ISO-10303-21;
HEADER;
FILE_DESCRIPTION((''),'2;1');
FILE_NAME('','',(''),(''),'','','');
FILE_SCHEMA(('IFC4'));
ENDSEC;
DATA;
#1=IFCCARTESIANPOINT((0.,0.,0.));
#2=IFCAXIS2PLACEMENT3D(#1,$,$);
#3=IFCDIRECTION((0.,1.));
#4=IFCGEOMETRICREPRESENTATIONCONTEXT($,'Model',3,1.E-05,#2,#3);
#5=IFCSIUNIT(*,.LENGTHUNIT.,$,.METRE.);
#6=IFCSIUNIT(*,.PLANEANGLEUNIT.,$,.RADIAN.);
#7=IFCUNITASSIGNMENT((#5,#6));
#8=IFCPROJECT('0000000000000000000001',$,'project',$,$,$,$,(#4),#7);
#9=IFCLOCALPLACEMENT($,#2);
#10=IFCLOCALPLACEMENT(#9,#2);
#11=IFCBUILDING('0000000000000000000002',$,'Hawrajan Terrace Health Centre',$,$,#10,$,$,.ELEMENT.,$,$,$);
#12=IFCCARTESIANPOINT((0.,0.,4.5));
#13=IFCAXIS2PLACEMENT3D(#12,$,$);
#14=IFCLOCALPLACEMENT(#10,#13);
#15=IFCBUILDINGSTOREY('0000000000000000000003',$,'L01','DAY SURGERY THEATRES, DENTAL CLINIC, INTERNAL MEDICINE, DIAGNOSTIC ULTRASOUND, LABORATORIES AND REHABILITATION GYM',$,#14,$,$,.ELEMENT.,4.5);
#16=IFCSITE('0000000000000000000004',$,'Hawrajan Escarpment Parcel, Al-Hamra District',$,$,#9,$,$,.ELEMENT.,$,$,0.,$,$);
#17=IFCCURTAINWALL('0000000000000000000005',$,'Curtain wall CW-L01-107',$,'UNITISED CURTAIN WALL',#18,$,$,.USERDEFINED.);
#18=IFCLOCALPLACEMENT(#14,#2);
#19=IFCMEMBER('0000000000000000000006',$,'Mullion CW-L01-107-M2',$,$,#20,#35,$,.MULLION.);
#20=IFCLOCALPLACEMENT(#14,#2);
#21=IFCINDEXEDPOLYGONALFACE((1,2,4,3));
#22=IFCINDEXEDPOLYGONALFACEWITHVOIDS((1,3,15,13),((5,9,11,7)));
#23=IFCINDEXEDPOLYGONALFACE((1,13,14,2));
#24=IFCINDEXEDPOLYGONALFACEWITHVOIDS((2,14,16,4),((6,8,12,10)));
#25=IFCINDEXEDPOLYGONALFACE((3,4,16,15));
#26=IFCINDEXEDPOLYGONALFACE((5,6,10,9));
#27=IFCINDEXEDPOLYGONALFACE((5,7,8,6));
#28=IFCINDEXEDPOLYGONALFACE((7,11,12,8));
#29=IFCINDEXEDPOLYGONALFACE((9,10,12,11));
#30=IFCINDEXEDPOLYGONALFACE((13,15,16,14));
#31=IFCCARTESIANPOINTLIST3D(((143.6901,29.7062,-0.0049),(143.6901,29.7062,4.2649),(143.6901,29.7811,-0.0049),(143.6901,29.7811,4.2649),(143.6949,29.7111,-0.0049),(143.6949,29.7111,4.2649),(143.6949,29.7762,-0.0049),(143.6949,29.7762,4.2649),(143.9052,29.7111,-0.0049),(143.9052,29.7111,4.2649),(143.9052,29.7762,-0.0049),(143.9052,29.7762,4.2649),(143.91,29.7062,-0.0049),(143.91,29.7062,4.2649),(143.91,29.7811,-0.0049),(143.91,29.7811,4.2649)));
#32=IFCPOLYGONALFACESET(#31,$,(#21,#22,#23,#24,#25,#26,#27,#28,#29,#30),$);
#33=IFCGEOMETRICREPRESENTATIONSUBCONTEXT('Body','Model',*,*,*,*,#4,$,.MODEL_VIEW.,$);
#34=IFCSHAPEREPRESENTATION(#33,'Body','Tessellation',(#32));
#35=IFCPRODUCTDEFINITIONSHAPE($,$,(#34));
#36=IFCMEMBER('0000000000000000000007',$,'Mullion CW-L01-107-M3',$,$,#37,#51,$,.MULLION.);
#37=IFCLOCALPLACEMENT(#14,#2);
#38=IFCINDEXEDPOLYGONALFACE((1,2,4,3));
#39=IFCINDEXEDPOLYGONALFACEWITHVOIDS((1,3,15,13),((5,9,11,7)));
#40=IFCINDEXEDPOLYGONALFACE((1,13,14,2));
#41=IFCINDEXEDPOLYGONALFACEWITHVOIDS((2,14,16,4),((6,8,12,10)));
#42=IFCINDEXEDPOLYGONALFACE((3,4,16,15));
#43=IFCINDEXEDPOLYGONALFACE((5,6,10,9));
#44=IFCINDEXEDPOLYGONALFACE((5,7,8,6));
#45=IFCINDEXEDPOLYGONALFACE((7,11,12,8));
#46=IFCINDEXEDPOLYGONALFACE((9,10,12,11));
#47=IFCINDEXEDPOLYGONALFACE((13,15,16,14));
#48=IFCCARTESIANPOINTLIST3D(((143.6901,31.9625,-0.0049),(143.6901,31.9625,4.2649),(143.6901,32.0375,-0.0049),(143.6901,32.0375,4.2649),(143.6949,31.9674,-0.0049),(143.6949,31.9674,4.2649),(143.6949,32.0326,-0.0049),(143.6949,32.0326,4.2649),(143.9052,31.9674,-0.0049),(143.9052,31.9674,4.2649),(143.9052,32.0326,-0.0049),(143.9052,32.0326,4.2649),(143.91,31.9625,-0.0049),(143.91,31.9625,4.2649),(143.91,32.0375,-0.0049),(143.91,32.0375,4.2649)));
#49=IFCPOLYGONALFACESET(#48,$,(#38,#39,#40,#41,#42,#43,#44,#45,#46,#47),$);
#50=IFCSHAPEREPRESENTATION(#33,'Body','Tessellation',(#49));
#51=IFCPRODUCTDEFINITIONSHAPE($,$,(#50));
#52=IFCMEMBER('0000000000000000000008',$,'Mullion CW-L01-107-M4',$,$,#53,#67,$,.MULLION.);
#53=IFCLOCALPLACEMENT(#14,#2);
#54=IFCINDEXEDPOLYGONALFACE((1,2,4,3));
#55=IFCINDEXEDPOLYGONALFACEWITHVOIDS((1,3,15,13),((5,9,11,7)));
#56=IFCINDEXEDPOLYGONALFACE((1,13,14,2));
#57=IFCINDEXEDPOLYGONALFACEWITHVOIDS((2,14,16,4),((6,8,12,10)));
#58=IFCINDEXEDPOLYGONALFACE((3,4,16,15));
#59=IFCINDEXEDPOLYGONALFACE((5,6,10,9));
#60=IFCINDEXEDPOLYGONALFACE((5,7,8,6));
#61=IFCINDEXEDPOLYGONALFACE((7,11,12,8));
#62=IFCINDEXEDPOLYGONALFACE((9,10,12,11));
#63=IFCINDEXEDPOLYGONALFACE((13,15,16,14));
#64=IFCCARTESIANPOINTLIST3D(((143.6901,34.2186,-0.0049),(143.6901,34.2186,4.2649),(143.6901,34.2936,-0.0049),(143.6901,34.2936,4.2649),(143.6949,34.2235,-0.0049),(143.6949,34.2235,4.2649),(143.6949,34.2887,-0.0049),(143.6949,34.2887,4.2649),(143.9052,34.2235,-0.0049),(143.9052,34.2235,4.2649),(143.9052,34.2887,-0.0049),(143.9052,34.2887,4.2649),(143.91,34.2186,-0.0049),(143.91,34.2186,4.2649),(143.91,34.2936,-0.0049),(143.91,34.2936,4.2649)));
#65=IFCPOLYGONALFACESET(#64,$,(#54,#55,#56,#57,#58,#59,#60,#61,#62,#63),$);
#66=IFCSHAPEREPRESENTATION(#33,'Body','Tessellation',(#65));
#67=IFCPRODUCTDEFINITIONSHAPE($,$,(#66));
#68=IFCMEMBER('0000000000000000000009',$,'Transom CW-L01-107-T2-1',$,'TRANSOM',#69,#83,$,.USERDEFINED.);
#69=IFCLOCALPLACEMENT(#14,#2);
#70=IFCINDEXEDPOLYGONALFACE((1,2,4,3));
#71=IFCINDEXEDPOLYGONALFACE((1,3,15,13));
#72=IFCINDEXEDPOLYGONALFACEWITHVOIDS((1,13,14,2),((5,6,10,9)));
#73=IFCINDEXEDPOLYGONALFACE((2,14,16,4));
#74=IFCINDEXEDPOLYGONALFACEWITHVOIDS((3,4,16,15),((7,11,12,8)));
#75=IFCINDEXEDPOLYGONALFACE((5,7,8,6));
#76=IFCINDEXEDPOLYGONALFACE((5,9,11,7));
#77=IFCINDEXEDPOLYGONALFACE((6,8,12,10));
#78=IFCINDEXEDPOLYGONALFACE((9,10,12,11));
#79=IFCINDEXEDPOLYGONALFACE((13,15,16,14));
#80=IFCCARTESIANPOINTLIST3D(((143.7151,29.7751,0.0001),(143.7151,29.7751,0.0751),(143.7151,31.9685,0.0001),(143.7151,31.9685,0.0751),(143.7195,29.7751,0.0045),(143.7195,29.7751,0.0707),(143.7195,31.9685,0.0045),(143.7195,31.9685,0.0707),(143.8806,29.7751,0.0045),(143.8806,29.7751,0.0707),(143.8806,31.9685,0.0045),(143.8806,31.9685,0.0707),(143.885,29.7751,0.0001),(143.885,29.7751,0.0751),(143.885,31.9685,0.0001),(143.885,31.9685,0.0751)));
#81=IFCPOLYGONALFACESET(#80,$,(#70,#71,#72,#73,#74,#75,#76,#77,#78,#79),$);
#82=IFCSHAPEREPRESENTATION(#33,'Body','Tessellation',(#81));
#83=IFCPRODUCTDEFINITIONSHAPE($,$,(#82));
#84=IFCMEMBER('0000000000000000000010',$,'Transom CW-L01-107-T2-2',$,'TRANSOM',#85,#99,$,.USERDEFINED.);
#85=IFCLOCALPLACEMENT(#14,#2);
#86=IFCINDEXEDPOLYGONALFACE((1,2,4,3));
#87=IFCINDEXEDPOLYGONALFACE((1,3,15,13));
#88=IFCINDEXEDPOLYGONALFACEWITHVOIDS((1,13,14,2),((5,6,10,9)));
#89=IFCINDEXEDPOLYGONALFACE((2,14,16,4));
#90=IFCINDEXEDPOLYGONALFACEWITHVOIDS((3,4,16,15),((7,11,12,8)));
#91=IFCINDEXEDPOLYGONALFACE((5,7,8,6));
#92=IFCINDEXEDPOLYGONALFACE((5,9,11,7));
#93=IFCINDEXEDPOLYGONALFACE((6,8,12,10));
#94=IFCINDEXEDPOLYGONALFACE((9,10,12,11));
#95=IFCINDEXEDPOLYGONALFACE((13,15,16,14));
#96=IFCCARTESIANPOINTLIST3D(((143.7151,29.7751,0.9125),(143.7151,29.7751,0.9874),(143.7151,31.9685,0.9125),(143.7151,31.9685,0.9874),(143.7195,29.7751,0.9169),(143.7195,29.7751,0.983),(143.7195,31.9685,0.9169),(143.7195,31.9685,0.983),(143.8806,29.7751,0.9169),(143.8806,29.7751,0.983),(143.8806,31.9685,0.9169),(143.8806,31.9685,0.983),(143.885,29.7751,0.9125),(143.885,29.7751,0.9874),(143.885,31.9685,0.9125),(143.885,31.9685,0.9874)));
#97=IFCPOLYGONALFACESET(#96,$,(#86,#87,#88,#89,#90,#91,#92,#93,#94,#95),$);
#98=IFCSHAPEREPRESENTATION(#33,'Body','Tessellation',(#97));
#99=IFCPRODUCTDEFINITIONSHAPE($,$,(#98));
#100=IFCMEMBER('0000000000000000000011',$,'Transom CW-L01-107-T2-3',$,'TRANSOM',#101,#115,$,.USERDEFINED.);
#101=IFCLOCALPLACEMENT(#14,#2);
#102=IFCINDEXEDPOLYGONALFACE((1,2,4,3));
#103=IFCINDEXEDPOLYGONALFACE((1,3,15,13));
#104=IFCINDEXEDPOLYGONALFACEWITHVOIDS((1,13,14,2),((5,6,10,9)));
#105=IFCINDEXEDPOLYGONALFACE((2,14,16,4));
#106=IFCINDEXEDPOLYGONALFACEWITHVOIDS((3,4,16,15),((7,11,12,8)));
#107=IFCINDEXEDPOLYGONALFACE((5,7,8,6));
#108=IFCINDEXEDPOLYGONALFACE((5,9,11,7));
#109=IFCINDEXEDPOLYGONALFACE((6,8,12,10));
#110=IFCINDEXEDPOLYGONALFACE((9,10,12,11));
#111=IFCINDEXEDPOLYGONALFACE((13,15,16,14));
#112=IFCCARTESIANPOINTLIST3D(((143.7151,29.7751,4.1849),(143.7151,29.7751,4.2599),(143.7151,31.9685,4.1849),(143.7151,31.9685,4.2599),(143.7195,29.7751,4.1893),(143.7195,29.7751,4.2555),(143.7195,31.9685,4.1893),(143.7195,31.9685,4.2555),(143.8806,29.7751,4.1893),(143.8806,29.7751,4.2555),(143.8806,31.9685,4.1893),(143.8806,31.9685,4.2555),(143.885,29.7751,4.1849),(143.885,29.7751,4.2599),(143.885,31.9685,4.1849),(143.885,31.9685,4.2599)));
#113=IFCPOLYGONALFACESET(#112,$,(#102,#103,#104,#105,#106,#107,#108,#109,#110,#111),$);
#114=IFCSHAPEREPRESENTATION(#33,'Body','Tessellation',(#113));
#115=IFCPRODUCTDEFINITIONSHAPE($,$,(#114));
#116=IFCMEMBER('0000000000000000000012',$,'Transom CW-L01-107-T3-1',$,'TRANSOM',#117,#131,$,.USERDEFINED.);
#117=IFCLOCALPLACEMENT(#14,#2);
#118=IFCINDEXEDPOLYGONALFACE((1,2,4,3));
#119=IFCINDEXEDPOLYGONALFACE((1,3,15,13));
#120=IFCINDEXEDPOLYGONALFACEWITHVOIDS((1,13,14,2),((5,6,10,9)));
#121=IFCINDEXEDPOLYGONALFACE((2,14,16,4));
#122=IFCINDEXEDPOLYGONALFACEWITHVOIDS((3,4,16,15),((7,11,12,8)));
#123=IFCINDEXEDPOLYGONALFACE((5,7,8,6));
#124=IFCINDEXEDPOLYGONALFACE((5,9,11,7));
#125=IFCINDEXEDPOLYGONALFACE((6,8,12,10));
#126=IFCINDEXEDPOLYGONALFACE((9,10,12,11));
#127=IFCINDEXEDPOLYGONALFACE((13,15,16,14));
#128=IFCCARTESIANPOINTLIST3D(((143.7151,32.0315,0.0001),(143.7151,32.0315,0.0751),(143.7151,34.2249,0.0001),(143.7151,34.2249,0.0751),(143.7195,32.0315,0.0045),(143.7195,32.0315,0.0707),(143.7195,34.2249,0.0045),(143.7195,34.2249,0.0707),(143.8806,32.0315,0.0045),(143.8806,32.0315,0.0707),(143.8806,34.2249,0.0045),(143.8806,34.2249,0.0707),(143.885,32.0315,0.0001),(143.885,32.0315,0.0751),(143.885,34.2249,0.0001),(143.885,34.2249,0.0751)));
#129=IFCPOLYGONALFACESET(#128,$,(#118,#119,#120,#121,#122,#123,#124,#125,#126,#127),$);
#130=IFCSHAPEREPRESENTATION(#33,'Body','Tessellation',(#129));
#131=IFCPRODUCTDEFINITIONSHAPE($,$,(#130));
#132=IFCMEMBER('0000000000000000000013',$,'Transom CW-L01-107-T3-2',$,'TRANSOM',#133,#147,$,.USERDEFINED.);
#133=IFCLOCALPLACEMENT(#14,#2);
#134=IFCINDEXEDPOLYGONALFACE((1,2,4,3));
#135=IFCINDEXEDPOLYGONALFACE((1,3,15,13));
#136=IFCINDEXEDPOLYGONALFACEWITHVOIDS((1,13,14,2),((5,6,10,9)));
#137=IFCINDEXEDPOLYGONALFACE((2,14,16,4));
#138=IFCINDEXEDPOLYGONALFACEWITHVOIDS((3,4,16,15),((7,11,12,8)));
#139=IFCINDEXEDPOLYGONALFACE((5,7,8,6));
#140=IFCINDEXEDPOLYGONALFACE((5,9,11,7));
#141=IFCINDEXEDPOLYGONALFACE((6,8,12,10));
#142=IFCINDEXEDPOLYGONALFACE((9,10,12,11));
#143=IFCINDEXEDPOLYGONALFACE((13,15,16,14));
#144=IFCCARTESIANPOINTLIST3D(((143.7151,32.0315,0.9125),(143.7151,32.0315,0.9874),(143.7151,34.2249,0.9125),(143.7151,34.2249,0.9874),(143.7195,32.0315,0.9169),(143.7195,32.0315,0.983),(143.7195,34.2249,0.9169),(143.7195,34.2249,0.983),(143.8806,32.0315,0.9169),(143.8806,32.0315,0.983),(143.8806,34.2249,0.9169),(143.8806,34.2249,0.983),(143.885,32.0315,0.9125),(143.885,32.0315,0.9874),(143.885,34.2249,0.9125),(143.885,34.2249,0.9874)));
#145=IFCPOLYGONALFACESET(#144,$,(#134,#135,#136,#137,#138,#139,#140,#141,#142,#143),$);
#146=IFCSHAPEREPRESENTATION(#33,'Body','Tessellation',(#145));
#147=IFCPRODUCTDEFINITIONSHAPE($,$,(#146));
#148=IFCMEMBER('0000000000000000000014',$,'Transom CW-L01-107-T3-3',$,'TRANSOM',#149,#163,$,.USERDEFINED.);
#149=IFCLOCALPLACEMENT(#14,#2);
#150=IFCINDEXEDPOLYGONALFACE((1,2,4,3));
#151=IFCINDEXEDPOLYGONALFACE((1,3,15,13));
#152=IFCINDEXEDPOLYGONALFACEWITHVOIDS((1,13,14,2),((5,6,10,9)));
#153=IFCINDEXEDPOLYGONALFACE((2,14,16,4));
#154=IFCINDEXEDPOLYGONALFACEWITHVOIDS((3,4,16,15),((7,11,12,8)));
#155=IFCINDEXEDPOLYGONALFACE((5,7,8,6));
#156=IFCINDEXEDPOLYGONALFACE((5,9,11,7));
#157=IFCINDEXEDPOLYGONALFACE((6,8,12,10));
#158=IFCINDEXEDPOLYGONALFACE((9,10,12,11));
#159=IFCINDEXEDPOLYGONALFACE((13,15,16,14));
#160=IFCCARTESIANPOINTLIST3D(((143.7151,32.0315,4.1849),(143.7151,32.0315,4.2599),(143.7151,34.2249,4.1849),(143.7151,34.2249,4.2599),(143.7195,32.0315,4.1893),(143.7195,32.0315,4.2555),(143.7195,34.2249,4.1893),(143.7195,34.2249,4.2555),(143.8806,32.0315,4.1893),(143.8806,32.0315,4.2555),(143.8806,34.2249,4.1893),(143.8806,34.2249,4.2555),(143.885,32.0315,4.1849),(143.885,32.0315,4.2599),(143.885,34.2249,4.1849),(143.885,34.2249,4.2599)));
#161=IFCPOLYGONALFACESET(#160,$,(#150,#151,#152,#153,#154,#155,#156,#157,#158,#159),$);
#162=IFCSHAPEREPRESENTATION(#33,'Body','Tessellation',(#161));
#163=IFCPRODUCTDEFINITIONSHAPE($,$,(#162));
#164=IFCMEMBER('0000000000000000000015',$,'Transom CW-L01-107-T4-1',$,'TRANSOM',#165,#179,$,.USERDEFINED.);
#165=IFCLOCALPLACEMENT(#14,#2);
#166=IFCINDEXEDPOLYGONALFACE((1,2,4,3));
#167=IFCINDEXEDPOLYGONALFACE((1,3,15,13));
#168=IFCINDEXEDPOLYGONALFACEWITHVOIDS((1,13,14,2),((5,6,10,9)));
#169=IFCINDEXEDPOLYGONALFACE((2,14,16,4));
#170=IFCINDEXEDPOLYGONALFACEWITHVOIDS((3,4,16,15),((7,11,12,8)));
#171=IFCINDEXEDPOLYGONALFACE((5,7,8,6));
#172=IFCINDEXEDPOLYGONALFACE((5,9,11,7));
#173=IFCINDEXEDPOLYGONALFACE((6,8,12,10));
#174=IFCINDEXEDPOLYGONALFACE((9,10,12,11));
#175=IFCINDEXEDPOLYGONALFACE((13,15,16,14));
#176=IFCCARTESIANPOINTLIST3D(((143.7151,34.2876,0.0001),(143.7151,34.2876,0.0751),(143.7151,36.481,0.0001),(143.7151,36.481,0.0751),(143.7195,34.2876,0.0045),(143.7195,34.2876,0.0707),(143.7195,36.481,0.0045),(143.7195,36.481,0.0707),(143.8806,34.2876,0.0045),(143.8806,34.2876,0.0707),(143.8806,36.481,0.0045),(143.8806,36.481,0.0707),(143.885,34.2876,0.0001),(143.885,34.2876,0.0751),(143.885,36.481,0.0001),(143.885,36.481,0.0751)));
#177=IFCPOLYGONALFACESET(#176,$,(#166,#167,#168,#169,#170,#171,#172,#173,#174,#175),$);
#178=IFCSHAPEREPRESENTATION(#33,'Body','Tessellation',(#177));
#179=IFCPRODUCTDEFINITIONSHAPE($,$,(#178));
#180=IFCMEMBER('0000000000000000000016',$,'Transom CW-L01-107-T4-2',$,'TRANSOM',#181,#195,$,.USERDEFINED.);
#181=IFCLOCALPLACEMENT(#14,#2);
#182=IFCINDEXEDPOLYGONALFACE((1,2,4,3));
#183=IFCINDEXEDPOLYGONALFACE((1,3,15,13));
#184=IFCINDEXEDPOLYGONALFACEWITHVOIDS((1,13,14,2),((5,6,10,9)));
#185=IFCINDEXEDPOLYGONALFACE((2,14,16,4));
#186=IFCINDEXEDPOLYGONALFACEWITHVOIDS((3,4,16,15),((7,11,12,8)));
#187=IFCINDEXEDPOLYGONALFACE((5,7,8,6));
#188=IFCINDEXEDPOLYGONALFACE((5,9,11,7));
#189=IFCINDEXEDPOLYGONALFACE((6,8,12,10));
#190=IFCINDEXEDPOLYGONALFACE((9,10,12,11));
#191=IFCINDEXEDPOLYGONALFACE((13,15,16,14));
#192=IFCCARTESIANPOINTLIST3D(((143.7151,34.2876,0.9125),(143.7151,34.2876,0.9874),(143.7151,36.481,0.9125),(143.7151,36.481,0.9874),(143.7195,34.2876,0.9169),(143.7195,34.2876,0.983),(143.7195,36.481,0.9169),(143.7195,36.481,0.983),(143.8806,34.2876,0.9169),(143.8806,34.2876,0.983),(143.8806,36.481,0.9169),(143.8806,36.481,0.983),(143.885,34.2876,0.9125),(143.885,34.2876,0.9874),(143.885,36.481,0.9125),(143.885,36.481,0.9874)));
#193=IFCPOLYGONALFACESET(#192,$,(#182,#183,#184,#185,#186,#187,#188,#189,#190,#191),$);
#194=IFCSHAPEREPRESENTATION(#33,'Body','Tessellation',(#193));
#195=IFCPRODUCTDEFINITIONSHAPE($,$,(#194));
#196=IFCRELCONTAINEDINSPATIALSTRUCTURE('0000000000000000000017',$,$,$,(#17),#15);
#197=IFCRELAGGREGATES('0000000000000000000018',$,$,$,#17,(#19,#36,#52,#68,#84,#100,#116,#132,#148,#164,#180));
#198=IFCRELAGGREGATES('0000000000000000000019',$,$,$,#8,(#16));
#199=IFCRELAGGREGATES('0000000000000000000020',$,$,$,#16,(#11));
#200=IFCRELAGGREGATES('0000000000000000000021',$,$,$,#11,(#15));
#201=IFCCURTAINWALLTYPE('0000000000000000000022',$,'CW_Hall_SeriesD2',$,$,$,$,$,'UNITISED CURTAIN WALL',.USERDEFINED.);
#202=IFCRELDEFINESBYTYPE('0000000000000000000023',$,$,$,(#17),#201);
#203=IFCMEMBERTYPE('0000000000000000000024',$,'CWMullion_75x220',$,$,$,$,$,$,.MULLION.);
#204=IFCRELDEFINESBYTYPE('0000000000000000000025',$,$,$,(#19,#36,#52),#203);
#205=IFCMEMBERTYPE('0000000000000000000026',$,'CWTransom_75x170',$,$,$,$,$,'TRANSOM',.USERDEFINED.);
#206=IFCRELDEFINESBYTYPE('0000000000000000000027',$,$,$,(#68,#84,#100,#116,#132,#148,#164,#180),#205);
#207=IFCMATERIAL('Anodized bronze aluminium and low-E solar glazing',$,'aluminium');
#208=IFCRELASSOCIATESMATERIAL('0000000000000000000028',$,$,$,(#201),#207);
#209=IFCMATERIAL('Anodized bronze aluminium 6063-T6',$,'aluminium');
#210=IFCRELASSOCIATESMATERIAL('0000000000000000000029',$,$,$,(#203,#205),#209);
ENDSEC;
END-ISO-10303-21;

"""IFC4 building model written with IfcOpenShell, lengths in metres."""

from ifc_helpers import new_model, si_unit, direction, frame, origin, origin_2d, place, context, subcontext, project, spatial, hollow_rectangle, extrude, material, material_profile, profile_set, type_object, element, aggregate, save


model = new_model("IFC4")

# Units and contexts
model_context = context("Model", 3, precision=1e-05, world=origin(), true_north=direction((0.0, 1.0)))
body_context = subcontext(model_context, "Body", "Model", "MODEL_VIEW")
ifc_project = project(units=[si_unit("LENGTHUNIT", "METRE"), si_unit("PLANEANGLEUNIT", "RADIAN")], contexts=[model_context])

# Site, building, storey
site_placement = place(None, origin())
site = spatial("IfcSite", under=ifc_project, at=site_placement, Name="Hawrajan Escarpment Parcel, Al-Hamra District", CompositionType="ELEMENT", RefElevation=0.0)
building_placement = place(site_placement, origin())
building = spatial("IfcBuilding", under=site, at=building_placement, Name="Hawrajan Terrace Health Centre", CompositionType="ELEMENT")
storey_placement = place(building_placement, frame((0.0, 0.0, 4.5)))
storey = spatial("IfcBuildingStorey", under=building, at=storey_placement, Name="L01", Description="DAY SURGERY THEATRES, DENTAL CLINIC, INTERNAL MEDICINE, DIAGNOSTIC ULTRASOUND, LABORATORIES AND REHABILITATION GYM", CompositionType="ELEMENT", Elevation=4.5)

# Curtain wall, members
ifc_material_1 = material(Name="Anodized bronze aluminium and low-E solar glazing", Category="aluminium")
curtain_wall_type = type_object("IfcCurtainWallType", Name="CW_Hall_SeriesD2", ElementType="UNITISED CURTAIN WALL", PredefinedType="USERDEFINED", material=ifc_material_1)
curtain_wall_placement = place(storey_placement, origin())
curtain_wall = element("IfcCurtainWall", 1, at=curtain_wall_placement, inside=storey, type_object=curtain_wall_type, Name="Curtain wall CW-L01-107", ObjectType="UNITISED CURTAIN WALL", PredefinedType="USERDEFINED")
ifc_material_2 = material(Name="Anodized bronze aluminium 6063-T6", Category="aluminium")
ifc_material_profile_1 = material_profile(ifc_material_2, hollow_rectangle(XDim=0.075, YDim=0.22, WallThickness=0.0049, at=origin_2d()), Name="CW MUL 75x220")
ifc_profile_set_1 = profile_set([ifc_material_profile_1], Name="Anodized bronze aluminium 6063-T6")
member_type_1 = type_object("IfcMemberType", Name="CWMullion_75x220", PredefinedType="MULLION", material=ifc_profile_set_1)
member_1_placement = place(storey_placement, frame((143.8, 29.7437, -0.0049), z_axis=(0.0, 0.0, 1.0), x_axis=(0.0, 1.0, 0.0)))
member_1 = element("IfcMember", 2, at=member_1_placement, type_object=member_type_1, Name="Mullion CW-L01-107-M2", PredefinedType="MULLION", context=body_context, shape_type="SweptSolid", body=[
    extrude(hollow_rectangle(XDim=0.075, YDim=0.22, WallThickness=0.0049, at=origin_2d()), origin(), (0.0, 0.0, 1.0), 4.2698),
])
member_2_placement = place(storey_placement, frame((143.8, 32.0, -0.0049), z_axis=(0.0, 0.0, 1.0), x_axis=(0.0, 1.0, 0.0)))
member_2 = element("IfcMember", 3, at=member_2_placement, type_object=member_type_1, Name="Mullion CW-L01-107-M3", PredefinedType="MULLION", context=body_context, shape_type="SweptSolid", body=[
    extrude(hollow_rectangle(XDim=0.075, YDim=0.22, WallThickness=0.0049, at=origin_2d()), origin(), (0.0, 0.0, 1.0), 4.2698),
])
member_3_placement = place(storey_placement, frame((143.8, 34.2561, -0.0049), z_axis=(0.0, 0.0, 1.0), x_axis=(0.0, 1.0, 0.0)))
member_3 = element("IfcMember", 4, at=member_3_placement, type_object=member_type_1, Name="Mullion CW-L01-107-M4", PredefinedType="MULLION", context=body_context, shape_type="SweptSolid", body=[
    extrude(hollow_rectangle(XDim=0.075, YDim=0.22, WallThickness=0.0049, at=origin_2d()), origin(), (0.0, 0.0, 1.0), 4.2698),
])
ifc_material_profile_2 = material_profile(ifc_material_2, hollow_rectangle(XDim=0.075, YDim=0.1699, WallThickness=0.0044, at=origin_2d()), Name="CW TRN 75x170")
ifc_profile_set_2 = profile_set([ifc_material_profile_2], Name="Anodized bronze aluminium 6063-T6")
member_type_2 = type_object("IfcMemberType", Name="CWTransom_75x170", ElementType="TRANSOM", PredefinedType="USERDEFINED", material=ifc_profile_set_2)
member_4_placement = place(storey_placement, frame((143.8, 29.7751, 0.0376), z_axis=(0.0, 1.0, 0.0), x_axis=(0.0, 0.0, 1.0)))
member_4 = element("IfcMember", 5, at=member_4_placement, type_object=member_type_2, Name="Transom CW-L01-107-T2-1", ObjectType="TRANSOM", PredefinedType="USERDEFINED", context=body_context, shape_type="SweptSolid", body=[
    extrude(hollow_rectangle(XDim=0.075, YDim=0.1699, WallThickness=0.0044, at=origin_2d()), origin(), (0.0, 0.0, 1.0), 2.1934),
])
member_5_placement = place(storey_placement, frame((143.8, 29.7751, 0.95), z_axis=(0.0, 1.0, 0.0), x_axis=(0.0, 0.0, 1.0)))
member_5 = element("IfcMember", 6, at=member_5_placement, type_object=member_type_2, Name="Transom CW-L01-107-T2-2", ObjectType="TRANSOM", PredefinedType="USERDEFINED", context=body_context, shape_type="SweptSolid", body=[
    extrude(hollow_rectangle(XDim=0.075, YDim=0.1699, WallThickness=0.0044, at=origin_2d()), origin(), (0.0, 0.0, 1.0), 2.1934),
])
member_6_placement = place(storey_placement, frame((143.8, 29.7751, 4.2224), z_axis=(0.0, 1.0, 0.0), x_axis=(0.0, 0.0, 1.0)))
member_6 = element("IfcMember", 7, at=member_6_placement, type_object=member_type_2, Name="Transom CW-L01-107-T2-3", ObjectType="TRANSOM", PredefinedType="USERDEFINED", context=body_context, shape_type="SweptSolid", body=[
    extrude(hollow_rectangle(XDim=0.075, YDim=0.1699, WallThickness=0.0044, at=origin_2d()), origin(), (0.0, 0.0, 1.0), 2.1934),
])
member_7_placement = place(storey_placement, frame((143.8, 32.0315, 0.0376), z_axis=(0.0, 1.0, 0.0), x_axis=(0.0, 0.0, 1.0)))
member_7 = element("IfcMember", 8, at=member_7_placement, type_object=member_type_2, Name="Transom CW-L01-107-T3-1", ObjectType="TRANSOM", PredefinedType="USERDEFINED", context=body_context, shape_type="SweptSolid", body=[
    extrude(hollow_rectangle(XDim=0.075, YDim=0.1699, WallThickness=0.0044, at=origin_2d()), origin(), (0.0, 0.0, 1.0), 2.1934),
])
member_8_placement = place(storey_placement, frame((143.8, 32.0315, 0.95), z_axis=(0.0, 1.0, 0.0), x_axis=(0.0, 0.0, 1.0)))
member_8 = element("IfcMember", 9, at=member_8_placement, type_object=member_type_2, Name="Transom CW-L01-107-T3-2", ObjectType="TRANSOM", PredefinedType="USERDEFINED", context=body_context, shape_type="SweptSolid", body=[
    extrude(hollow_rectangle(XDim=0.075, YDim=0.1699, WallThickness=0.0044, at=origin_2d()), origin(), (0.0, 0.0, 1.0), 2.1934),
])
member_9_placement = place(storey_placement, frame((143.8, 32.0315, 4.2224), z_axis=(0.0, 1.0, 0.0), x_axis=(0.0, 0.0, 1.0)))
member_9 = element("IfcMember", 10, at=member_9_placement, type_object=member_type_2, Name="Transom CW-L01-107-T3-3", ObjectType="TRANSOM", PredefinedType="USERDEFINED", context=body_context, shape_type="SweptSolid", body=[
    extrude(hollow_rectangle(XDim=0.075, YDim=0.1699, WallThickness=0.0044, at=origin_2d()), origin(), (0.0, 0.0, 1.0), 2.1934),
])
member_10_placement = place(storey_placement, frame((143.8, 34.2876, 0.0376), z_axis=(0.0, 1.0, 0.0), x_axis=(0.0, 0.0, 1.0)))
member_10 = element("IfcMember", 11, at=member_10_placement, type_object=member_type_2, Name="Transom CW-L01-107-T4-1", ObjectType="TRANSOM", PredefinedType="USERDEFINED", context=body_context, shape_type="SweptSolid", body=[
    extrude(hollow_rectangle(XDim=0.075, YDim=0.1699, WallThickness=0.0044, at=origin_2d()), origin(), (0.0, 0.0, 1.0), 2.1934),
])
member_11_placement = place(storey_placement, frame((143.8, 34.2876, 0.95), z_axis=(0.0, 1.0, 0.0), x_axis=(0.0, 0.0, 1.0)))
member_11 = element("IfcMember", 12, at=member_11_placement, type_object=member_type_2, Name="Transom CW-L01-107-T4-2", ObjectType="TRANSOM", PredefinedType="USERDEFINED", context=body_context, shape_type="SweptSolid", body=[
    extrude(hollow_rectangle(XDim=0.075, YDim=0.1699, WallThickness=0.0044, at=origin_2d()), origin(), (0.0, 0.0, 1.0), 2.1934),
])
aggregate(curtain_wall, [member_1, member_2, member_3, member_4, member_5, member_6, member_7, member_8, member_9, member_10, member_11])

save(model, "model.ifc")
